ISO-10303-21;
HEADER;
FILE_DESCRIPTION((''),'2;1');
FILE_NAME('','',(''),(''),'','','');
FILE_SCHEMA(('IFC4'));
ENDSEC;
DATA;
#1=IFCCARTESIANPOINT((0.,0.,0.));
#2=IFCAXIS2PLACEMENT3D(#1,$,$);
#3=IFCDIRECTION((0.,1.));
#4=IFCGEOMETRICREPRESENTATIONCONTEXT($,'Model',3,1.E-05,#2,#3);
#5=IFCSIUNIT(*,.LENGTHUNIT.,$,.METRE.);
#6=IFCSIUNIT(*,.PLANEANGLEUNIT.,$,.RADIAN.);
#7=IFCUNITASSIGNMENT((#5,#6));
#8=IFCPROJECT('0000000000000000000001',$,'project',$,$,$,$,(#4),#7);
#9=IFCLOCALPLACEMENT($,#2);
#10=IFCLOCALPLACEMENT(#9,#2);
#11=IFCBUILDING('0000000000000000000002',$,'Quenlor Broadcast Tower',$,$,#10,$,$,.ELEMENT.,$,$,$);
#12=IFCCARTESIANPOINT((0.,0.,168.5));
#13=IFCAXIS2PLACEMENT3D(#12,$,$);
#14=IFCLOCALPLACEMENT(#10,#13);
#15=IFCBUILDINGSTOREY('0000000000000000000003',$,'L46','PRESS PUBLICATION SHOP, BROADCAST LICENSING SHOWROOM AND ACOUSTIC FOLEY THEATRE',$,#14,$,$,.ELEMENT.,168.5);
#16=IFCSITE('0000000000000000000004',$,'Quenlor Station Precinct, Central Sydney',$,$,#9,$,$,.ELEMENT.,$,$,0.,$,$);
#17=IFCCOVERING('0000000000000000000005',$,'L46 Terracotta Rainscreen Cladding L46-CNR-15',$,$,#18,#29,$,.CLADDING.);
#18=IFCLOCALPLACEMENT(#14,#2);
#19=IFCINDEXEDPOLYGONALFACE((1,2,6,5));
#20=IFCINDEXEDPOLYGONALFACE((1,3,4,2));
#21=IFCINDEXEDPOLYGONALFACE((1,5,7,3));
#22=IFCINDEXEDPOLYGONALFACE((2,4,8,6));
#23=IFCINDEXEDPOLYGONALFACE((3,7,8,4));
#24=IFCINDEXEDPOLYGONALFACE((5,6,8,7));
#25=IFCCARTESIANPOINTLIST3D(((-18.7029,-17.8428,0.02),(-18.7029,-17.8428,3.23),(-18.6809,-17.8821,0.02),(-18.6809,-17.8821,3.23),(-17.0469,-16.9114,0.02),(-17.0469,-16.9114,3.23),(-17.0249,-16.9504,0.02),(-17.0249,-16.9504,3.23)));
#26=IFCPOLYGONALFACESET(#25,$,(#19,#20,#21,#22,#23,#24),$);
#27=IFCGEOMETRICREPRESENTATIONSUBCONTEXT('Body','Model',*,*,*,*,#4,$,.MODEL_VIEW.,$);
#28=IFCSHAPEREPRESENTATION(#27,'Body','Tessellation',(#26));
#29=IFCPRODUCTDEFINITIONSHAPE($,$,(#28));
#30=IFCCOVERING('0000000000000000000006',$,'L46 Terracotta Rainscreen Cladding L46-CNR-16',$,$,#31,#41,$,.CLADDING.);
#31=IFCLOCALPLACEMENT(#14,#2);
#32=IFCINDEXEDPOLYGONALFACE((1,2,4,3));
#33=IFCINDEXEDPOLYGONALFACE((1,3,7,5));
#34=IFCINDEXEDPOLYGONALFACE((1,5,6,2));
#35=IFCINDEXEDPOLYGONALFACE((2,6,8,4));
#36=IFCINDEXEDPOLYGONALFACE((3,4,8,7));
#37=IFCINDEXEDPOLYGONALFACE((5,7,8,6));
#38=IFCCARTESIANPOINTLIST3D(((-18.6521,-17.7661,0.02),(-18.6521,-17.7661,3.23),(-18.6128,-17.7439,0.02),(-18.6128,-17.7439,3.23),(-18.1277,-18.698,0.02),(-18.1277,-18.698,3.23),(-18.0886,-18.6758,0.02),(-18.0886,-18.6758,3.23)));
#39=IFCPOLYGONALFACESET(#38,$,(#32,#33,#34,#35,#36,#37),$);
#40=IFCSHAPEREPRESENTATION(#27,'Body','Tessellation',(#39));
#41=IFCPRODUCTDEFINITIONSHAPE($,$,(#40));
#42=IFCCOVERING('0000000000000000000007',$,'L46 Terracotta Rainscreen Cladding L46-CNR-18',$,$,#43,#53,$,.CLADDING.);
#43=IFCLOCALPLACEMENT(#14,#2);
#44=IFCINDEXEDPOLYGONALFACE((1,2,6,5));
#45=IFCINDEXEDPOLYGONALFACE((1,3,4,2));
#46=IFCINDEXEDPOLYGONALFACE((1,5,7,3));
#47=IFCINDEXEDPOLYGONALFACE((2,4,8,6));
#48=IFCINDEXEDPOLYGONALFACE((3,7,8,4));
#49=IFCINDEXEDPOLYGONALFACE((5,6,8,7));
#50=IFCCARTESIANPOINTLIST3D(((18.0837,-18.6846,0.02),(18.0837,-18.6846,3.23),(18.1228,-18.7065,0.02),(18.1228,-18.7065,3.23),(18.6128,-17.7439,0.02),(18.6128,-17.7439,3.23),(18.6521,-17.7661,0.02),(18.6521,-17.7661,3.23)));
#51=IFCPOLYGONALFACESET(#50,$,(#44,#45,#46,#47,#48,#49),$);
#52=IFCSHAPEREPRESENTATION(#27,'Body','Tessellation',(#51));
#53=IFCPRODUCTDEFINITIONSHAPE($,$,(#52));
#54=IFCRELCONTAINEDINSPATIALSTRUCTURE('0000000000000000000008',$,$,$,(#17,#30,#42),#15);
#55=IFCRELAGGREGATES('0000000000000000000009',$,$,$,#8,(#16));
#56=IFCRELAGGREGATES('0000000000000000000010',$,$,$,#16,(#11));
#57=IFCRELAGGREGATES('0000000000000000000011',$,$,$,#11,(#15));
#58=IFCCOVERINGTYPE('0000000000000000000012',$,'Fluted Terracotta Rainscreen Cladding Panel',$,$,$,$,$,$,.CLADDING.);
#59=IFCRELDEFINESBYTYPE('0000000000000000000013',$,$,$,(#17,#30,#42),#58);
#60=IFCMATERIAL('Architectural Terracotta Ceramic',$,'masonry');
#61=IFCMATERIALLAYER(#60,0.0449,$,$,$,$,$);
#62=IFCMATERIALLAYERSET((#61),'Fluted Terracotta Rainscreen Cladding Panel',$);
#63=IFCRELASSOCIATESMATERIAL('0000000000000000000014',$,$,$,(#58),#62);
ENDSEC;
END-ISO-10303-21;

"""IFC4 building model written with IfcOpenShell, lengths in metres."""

from ifc_helpers import new_model, si_unit, direction, frame, origin, place, context, subcontext, project, spatial, polyline, outline, extrude, material, layer, layer_set, type_object, element, save


model = new_model("IFC4")

# Units and contexts
model_context = context("Model", 3, precision=1e-05, world=origin(), true_north=direction((0.0, 1.0)))
body_context = subcontext(model_context, "Body", "Model", "MODEL_VIEW")
ifc_project = project(units=[si_unit("LENGTHUNIT", "METRE"), si_unit("PLANEANGLEUNIT", "RADIAN")], contexts=[model_context])

# Site, building, storey
site_placement = place(None, origin())
site = spatial("IfcSite", under=ifc_project, at=site_placement, Name="Quenlor Station Precinct, Central Sydney", CompositionType="ELEMENT", RefElevation=0.0)
building_placement = place(site_placement, origin())
building = spatial("IfcBuilding", under=site, at=building_placement, Name="Quenlor Broadcast Tower", CompositionType="ELEMENT")
storey_placement = place(building_placement, frame((0.0, 0.0, 168.5)))
storey = spatial("IfcBuildingStorey", under=building, at=storey_placement, Name="L46", Description="PRESS PUBLICATION SHOP, BROADCAST LICENSING SHOWROOM AND ACOUSTIC FOLEY THEATRE", CompositionType="ELEMENT", Elevation=168.5)

# Coverings
ifc_material_1 = material(Name="Architectural Terracotta Ceramic", Category="masonry")
ifc_layer_1 = layer(ifc_material_1, 0.0449)
ifc_layer_set_1 = layer_set([ifc_layer_1], Name="Fluted Terracotta Rainscreen Cladding Panel")
covering_type_1 = type_object("IfcCoveringType", Name="Fluted Terracotta Rainscreen Cladding Panel", PredefinedType="CLADDING", material=ifc_layer_set_1)
covering_1_placement = place(storey_placement, frame((0.0, 0.0, 0.02)))
element("IfcCovering", 1, at=covering_1_placement, inside=storey, type_object=covering_type_1, Name="L46 Terracotta Rainscreen Cladding L46-CNR-15", PredefinedType="CLADDING", context=body_context, shape_type="SweptSolid", body=[
    extrude(outline(polyline([(-17.0469, -16.9114), (-18.7029, -17.8428), (-18.6809, -17.8821), (-17.0249, -16.9504), (-17.0469, -16.9114)])), origin(), (0.0, 0.0, 1.0), 3.21),
])
covering_2_placement = place(storey_placement, frame((0.0, 0.0, 0.02)))
element("IfcCovering", 2, at=covering_2_placement, inside=storey, type_object=covering_type_1, Name="L46 Terracotta Rainscreen Cladding L46-CNR-16", PredefinedType="CLADDING", context=body_context, shape_type="SweptSolid", body=[
    extrude(outline(polyline([(-18.6521, -17.7661), (-18.1277, -18.698), (-18.0886, -18.6758), (-18.6128, -17.7439), (-18.6521, -17.7661)])), origin(), (0.0, 0.0, 1.0), 3.21),
])
covering_3_placement = place(storey_placement, frame((0.0, 0.0, 0.02)))
element("IfcCovering", 3, at=covering_3_placement, inside=storey, type_object=covering_type_1, Name="L46 Terracotta Rainscreen Cladding L46-CNR-18", PredefinedType="CLADDING", context=body_context, shape_type="SweptSolid", body=[
    extrude(outline(polyline([(18.1228, -18.7065), (18.6521, -17.7661), (18.6128, -17.7439), (18.0837, -18.6846), (18.1228, -18.7065)])), origin(), (0.0, 0.0, 1.0), 3.21),
])

save(model, "model.ifc")
